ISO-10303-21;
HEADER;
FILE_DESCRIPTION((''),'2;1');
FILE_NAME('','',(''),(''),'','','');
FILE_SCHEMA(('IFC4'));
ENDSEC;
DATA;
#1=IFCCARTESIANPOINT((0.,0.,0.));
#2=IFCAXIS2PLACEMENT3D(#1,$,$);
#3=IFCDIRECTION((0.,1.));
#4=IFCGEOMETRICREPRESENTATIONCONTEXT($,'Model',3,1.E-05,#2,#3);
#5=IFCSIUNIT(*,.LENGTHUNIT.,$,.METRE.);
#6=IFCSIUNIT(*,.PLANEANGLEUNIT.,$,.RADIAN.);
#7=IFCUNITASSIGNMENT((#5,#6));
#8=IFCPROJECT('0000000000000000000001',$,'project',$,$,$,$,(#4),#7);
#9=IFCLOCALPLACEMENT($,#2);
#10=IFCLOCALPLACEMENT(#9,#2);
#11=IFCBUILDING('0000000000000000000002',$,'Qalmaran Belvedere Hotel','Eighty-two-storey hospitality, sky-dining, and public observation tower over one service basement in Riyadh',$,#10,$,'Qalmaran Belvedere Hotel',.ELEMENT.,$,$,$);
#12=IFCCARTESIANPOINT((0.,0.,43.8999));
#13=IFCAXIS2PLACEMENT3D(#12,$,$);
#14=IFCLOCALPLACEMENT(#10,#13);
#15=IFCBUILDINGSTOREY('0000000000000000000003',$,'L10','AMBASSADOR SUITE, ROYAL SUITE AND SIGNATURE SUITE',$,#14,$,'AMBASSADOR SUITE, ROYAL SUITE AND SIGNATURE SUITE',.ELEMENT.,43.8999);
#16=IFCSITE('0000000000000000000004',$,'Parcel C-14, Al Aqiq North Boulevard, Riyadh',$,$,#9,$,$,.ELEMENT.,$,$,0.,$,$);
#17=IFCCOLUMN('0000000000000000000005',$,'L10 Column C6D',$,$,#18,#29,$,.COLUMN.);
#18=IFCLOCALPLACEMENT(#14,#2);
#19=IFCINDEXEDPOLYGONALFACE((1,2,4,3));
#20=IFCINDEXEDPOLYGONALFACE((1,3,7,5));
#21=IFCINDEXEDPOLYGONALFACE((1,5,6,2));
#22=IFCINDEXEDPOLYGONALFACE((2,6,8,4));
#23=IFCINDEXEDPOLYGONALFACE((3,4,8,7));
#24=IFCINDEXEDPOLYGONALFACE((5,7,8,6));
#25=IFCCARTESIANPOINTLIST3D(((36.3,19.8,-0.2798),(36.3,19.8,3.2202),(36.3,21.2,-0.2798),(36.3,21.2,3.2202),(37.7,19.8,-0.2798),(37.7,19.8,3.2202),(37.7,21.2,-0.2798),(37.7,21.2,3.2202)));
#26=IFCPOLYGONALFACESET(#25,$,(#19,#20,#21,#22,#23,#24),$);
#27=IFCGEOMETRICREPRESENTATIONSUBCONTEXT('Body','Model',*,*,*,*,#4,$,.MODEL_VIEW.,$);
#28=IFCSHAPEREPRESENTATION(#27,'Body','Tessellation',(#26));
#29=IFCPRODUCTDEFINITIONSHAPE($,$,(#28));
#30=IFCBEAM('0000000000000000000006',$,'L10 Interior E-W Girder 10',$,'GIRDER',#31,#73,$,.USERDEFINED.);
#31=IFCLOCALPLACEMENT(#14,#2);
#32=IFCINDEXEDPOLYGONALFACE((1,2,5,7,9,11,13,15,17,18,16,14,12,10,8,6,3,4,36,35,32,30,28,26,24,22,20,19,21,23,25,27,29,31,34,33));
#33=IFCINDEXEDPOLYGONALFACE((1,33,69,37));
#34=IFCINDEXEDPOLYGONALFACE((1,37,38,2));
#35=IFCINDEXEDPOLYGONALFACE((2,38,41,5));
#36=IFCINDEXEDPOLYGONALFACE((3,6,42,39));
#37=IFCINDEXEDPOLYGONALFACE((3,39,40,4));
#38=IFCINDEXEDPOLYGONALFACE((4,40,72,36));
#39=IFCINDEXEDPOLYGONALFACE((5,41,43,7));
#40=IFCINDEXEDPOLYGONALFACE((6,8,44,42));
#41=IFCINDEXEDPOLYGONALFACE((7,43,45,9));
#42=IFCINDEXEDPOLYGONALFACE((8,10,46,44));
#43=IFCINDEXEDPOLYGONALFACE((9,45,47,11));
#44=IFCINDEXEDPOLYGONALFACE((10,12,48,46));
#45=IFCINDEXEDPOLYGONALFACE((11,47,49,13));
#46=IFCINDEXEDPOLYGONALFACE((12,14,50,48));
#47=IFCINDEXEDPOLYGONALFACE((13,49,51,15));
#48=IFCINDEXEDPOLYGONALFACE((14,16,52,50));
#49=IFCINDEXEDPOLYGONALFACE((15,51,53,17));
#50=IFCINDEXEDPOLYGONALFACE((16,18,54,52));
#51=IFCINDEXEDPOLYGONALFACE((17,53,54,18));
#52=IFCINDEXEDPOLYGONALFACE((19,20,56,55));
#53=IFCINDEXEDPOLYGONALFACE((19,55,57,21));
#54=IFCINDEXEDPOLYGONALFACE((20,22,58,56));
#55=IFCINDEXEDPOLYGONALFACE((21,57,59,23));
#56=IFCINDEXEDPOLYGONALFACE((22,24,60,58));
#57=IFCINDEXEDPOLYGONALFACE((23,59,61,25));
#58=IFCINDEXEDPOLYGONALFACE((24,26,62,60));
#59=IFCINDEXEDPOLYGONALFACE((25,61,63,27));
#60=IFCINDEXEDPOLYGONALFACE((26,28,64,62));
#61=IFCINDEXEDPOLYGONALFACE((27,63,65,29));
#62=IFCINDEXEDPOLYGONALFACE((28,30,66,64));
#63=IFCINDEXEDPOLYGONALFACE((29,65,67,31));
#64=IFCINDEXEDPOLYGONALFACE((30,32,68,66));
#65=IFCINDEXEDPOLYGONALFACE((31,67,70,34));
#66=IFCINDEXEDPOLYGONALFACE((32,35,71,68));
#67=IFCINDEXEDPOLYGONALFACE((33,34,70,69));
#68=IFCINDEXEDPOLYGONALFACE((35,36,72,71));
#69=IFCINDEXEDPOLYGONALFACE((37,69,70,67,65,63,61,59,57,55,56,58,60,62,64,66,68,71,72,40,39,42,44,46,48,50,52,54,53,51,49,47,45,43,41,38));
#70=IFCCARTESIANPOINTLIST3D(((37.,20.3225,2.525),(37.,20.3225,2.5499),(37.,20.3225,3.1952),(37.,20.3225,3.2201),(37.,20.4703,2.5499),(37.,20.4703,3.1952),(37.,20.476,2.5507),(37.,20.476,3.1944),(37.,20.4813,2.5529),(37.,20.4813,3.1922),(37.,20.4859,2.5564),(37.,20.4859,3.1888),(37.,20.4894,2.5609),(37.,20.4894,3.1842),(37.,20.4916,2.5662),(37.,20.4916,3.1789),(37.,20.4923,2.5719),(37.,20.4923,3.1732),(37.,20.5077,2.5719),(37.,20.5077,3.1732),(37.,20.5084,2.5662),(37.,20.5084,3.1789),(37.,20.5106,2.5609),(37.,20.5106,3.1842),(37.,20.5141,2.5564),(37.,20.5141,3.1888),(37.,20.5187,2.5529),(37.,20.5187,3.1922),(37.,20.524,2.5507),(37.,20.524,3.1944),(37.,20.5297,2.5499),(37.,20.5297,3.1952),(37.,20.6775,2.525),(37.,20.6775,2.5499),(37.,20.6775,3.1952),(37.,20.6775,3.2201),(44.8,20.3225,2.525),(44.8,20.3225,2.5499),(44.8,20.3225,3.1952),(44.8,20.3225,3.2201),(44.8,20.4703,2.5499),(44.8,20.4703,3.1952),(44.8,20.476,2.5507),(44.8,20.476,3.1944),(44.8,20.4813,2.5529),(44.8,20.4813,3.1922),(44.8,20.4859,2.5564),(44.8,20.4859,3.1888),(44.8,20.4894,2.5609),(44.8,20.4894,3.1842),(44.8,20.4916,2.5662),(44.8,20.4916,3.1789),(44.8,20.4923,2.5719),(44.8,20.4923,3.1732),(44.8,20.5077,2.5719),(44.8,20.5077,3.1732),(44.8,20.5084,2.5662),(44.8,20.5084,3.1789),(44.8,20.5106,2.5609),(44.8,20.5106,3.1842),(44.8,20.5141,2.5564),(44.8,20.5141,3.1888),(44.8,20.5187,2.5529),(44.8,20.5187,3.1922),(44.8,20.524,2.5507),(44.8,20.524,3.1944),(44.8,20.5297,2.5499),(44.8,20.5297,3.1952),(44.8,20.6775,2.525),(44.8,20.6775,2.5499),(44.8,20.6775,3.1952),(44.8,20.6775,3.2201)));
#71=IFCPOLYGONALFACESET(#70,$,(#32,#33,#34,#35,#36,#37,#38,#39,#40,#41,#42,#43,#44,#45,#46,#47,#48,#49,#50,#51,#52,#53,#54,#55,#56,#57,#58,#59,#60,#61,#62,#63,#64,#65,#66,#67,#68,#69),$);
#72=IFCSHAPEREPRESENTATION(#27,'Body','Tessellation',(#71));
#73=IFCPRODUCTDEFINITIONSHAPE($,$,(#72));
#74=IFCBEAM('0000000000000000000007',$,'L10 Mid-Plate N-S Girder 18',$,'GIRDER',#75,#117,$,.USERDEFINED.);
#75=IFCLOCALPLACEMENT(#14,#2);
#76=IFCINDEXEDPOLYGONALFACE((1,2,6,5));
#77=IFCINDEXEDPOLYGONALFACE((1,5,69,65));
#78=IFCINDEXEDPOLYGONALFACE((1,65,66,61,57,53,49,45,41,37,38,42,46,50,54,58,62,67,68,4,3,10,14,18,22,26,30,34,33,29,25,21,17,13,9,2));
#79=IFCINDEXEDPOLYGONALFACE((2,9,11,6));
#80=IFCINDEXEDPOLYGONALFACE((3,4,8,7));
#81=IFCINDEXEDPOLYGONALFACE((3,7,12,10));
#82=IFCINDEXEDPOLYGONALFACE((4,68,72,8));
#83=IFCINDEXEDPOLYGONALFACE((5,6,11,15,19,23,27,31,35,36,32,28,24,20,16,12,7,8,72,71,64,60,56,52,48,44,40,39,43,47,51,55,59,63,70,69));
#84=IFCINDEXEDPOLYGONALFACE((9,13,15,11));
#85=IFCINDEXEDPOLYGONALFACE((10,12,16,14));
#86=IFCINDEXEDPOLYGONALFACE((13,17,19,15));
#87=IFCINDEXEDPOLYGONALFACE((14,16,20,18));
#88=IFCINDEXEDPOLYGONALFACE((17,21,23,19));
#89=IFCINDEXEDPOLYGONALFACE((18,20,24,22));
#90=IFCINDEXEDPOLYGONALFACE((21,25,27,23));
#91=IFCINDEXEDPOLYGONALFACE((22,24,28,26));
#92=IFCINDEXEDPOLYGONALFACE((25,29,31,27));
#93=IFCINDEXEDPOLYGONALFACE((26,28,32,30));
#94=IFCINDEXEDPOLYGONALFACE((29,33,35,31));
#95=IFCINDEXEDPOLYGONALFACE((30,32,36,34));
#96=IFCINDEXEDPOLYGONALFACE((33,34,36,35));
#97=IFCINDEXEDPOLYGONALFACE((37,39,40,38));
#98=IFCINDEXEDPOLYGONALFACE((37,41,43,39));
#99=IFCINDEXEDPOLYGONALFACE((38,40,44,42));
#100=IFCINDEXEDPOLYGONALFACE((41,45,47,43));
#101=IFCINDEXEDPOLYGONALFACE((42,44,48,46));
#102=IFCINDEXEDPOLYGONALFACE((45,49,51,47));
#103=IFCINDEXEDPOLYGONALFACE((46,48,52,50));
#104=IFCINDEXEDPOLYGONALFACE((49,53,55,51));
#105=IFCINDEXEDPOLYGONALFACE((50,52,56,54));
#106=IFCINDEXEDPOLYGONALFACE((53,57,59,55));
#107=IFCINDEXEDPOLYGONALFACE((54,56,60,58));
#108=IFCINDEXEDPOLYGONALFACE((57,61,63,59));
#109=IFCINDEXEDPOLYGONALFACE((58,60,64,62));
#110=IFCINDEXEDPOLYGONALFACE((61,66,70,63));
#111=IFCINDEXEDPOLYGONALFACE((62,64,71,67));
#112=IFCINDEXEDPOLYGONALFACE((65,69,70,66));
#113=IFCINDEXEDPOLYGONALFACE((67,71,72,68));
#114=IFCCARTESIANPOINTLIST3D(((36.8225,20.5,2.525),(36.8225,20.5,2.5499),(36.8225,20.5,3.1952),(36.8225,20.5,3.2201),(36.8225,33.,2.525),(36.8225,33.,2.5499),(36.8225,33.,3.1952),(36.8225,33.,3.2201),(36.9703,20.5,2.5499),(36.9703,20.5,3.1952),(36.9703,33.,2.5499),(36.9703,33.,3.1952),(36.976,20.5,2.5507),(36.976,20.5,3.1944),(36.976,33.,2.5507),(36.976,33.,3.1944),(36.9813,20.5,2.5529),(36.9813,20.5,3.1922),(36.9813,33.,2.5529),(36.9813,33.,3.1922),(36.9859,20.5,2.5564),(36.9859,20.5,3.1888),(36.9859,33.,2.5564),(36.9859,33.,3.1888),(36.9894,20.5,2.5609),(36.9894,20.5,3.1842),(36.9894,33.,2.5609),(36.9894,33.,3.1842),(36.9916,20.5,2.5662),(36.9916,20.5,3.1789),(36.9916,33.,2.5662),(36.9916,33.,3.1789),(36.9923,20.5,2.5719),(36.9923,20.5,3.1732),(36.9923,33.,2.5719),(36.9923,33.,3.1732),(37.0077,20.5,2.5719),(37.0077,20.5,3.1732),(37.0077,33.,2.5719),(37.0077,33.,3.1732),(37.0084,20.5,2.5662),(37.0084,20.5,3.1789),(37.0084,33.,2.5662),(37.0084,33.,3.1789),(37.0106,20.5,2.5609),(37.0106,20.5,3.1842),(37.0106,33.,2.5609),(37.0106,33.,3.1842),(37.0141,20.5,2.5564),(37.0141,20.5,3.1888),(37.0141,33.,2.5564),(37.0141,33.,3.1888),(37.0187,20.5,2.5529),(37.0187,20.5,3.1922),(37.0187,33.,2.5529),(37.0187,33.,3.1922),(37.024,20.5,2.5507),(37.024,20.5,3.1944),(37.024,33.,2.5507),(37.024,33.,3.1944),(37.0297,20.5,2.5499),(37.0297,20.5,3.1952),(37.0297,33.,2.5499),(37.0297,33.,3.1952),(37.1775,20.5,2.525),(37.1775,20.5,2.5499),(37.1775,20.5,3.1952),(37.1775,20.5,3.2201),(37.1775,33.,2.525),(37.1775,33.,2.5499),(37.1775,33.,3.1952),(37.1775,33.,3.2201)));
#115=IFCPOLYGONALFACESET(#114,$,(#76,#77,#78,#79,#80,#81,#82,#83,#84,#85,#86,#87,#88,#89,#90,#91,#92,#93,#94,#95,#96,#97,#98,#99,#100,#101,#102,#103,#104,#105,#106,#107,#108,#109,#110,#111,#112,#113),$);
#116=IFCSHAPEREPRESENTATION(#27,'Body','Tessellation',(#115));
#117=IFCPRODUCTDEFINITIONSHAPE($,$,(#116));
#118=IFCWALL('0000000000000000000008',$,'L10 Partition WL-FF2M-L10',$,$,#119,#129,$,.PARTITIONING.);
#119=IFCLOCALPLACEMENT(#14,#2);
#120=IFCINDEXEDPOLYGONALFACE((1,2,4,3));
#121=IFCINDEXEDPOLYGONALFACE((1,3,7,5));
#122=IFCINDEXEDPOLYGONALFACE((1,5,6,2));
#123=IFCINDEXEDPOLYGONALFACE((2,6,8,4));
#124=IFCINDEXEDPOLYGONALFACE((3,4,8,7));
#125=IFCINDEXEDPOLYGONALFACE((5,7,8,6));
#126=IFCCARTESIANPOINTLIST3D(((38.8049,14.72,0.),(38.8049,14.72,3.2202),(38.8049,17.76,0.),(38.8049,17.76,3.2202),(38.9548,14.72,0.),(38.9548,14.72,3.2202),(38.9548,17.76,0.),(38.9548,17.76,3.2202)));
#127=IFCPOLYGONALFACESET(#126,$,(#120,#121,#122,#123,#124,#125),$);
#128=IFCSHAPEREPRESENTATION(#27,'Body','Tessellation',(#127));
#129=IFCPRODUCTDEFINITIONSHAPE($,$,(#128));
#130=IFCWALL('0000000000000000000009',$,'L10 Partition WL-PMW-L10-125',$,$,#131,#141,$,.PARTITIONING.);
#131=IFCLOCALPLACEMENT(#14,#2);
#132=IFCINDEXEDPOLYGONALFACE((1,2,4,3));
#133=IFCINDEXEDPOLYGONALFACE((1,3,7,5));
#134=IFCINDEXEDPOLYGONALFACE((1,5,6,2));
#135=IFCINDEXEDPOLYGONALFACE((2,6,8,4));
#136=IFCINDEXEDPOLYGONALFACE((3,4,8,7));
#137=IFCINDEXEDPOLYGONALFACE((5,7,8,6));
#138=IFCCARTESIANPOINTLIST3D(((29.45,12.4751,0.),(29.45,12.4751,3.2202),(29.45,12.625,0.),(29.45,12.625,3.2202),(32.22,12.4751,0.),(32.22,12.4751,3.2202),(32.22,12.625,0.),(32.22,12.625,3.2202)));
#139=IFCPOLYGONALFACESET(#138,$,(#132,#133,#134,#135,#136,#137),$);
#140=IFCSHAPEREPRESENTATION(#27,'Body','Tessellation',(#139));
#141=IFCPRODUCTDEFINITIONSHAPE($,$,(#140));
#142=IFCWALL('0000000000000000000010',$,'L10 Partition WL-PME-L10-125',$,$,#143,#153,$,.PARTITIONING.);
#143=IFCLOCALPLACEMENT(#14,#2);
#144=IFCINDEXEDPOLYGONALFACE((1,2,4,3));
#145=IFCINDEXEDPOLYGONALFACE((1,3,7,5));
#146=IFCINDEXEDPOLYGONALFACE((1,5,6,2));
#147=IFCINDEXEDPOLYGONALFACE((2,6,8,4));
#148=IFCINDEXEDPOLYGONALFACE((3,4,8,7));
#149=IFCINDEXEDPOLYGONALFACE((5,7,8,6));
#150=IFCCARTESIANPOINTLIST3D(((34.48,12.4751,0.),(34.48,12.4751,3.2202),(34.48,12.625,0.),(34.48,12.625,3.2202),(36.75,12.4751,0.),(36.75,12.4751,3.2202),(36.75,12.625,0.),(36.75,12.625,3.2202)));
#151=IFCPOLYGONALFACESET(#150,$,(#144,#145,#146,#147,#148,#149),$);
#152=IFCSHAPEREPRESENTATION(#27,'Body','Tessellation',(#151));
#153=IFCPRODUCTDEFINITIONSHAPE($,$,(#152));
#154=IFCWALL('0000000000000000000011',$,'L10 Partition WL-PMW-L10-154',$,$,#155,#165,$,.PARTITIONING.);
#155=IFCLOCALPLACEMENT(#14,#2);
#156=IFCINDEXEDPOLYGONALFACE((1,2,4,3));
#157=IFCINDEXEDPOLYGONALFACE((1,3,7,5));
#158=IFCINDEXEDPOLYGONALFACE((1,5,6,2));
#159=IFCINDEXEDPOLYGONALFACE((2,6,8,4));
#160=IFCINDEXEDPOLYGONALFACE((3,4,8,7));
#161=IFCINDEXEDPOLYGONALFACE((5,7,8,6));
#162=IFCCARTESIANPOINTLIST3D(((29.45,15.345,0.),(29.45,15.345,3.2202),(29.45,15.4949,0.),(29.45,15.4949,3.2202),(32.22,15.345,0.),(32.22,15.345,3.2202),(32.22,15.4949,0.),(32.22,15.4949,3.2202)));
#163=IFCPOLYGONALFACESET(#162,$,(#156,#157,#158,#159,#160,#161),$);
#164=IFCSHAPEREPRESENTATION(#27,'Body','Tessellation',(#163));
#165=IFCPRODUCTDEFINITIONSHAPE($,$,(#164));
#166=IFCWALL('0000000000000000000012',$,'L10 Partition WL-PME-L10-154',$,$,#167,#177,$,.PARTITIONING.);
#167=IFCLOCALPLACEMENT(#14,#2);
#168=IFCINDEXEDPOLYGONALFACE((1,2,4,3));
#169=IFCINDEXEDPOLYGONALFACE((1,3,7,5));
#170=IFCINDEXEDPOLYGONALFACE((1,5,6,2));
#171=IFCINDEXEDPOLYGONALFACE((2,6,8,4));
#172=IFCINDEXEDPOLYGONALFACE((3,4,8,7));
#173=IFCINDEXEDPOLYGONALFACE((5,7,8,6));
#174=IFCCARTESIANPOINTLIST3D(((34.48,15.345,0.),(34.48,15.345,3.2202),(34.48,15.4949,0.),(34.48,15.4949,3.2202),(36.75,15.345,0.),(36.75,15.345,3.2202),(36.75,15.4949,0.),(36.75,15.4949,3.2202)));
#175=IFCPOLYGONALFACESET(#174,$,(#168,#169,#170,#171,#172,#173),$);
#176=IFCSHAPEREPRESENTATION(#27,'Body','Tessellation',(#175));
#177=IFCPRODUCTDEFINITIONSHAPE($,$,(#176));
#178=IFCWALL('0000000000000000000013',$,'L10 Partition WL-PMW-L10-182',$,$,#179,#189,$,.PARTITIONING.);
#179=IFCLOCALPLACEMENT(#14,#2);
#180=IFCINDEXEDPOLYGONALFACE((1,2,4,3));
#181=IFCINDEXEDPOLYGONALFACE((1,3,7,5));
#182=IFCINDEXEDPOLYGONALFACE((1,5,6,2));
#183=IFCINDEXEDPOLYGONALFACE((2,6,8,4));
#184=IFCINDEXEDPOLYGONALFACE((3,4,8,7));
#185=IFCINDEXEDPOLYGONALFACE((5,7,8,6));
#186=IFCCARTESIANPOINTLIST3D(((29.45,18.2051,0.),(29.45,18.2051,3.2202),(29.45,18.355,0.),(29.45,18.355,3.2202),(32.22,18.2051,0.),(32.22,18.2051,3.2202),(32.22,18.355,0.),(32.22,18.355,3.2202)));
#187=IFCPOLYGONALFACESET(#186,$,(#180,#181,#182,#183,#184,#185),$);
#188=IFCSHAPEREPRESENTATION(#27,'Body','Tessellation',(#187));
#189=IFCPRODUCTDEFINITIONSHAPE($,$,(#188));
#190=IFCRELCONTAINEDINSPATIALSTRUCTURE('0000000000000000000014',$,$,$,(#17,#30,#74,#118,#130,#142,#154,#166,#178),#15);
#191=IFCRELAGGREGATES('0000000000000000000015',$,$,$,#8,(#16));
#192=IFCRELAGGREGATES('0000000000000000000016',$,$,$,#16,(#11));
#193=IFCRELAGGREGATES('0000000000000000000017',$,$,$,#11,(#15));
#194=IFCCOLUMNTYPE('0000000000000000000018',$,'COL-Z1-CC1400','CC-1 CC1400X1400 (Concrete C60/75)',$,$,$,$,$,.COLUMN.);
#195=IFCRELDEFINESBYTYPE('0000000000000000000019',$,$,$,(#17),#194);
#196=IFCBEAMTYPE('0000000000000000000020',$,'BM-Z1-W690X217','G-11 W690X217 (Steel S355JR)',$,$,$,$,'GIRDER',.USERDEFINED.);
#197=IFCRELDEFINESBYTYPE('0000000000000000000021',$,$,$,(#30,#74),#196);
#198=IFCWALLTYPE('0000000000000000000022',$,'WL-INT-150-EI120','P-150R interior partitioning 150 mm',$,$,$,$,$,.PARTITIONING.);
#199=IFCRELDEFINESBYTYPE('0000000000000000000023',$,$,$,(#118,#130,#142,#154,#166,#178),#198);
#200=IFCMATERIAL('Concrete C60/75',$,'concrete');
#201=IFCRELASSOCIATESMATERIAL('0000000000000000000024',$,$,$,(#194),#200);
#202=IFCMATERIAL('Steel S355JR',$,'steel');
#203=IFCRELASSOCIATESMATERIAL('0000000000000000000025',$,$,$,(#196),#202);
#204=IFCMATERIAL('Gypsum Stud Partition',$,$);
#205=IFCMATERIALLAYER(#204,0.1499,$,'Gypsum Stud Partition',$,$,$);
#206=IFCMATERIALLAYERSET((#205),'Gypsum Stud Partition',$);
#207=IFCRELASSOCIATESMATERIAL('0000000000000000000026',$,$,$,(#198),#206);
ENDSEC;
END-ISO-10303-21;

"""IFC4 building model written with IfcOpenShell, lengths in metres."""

from ifc_helpers import new_model, si_unit, direction, frame, frame_2d, origin, origin_2d, place, context, subcontext, project, spatial, rectangle, i_section, extrude, material, layer, layer_set, material_profile, profile_set, type_object, element, save


model = new_model("IFC4")

# Units and contexts
model_context = context("Model", 3, precision=1e-05, world=origin(), true_north=direction((0.0, 1.0)))
body_context = subcontext(model_context, "Body", "Model", "MODEL_VIEW")
ifc_project = project(units=[si_unit("LENGTHUNIT", "METRE"), si_unit("PLANEANGLEUNIT", "RADIAN")], contexts=[model_context])

# Site, building, storey
site_placement = place(None, origin())
site = spatial("IfcSite", under=ifc_project, at=site_placement, Name="Parcel C-14, Al Aqiq North Boulevard, Riyadh", CompositionType="ELEMENT", RefElevation=0.0)
building_placement = place(site_placement, origin())
building = spatial("IfcBuilding", under=site, at=building_placement, Name="Qalmaran Belvedere Hotel", Description="Eighty-two-storey hospitality, sky-dining, and public observation tower over one service basement in Riyadh", LongName="Qalmaran Belvedere Hotel", CompositionType="ELEMENT")
storey_placement = place(building_placement, frame((0.0, 0.0, 43.8999)))
storey = spatial("IfcBuildingStorey", under=building, at=storey_placement, Name="L10", Description="AMBASSADOR SUITE, ROYAL SUITE AND SIGNATURE SUITE", LongName="AMBASSADOR SUITE, ROYAL SUITE AND SIGNATURE SUITE", CompositionType="ELEMENT", Elevation=43.8999)

# Column
ifc_material_1 = material(Name="Concrete C60/75", Category="concrete")
ifc_material_profile_1 = material_profile(ifc_material_1, rectangle(XDim=1.3999, YDim=1.3999, at=origin_2d()), Name="CC1400X1400")
ifc_profile_set_1 = profile_set([ifc_material_profile_1], Name="Concrete C60/75")
column_type = type_object("IfcColumnType", Name="COL-Z1-CC1400", Description="CC-1 CC1400X1400 (Concrete C60/75)", PredefinedType="COLUMN", material=ifc_profile_set_1)
column_placement = place(storey_placement, frame((37.0, 20.5, -0.2798), z_axis=(0.0, 0.0, 1.0), x_axis=(1.0, 0.0, 0.0)))
element("IfcColumn", 1, at=column_placement, inside=storey, type_object=column_type, Name="L10 Column C6D", PredefinedType="COLUMN", context=body_context, shape_type="SweptSolid", body=[
    extrude(rectangle(XDim=1.3999, YDim=1.3999, at=origin_2d()), origin(), (0.0, 0.0, 1.0), 3.5),
])

# Beams
ifc_material_2 = material(Name="Steel S355JR", Category="steel")
ifc_material_profile_2 = material_profile(ifc_material_2, i_section(OverallWidth=0.355, OverallDepth=0.6951, WebThickness=0.0154, FlangeThickness=0.0249, FilletRadius=0.022, at=origin_2d()), Name="W690X217")
ifc_profile_set_2 = profile_set([ifc_material_profile_2], Name="Steel S355JR")
beam_type = type_object("IfcBeamType", Name="BM-Z1-W690X217", Description="G-11 W690X217 (Steel S355JR)", ElementType="GIRDER", PredefinedType="USERDEFINED", material=ifc_profile_set_2)
beam_1_placement = place(storey_placement, frame((37.0, 20.5, 2.8726), z_axis=(1.0, 0.0, 0.0), x_axis=(0.0, 1.0, 0.0)))
element("IfcBeam", 2, at=beam_1_placement, inside=storey, type_object=beam_type, Name="L10 Interior E-W Girder 10", ObjectType="GIRDER", PredefinedType="USERDEFINED", context=body_context, shape_type="SweptSolid", body=[
    extrude(i_section(OverallWidth=0.355, OverallDepth=0.6951, WebThickness=0.0154, FlangeThickness=0.0249, FilletRadius=0.022, at=origin_2d()), origin(), (0.0, 0.0, 1.0), 7.8),
])
beam_2_placement = place(storey_placement, frame((37.0, 20.5, 2.8726), z_axis=(0.0, 1.0, 0.0), x_axis=(-1.0, 0.0, 0.0)))
element("IfcBeam", 3, at=beam_2_placement, inside=storey, type_object=beam_type, Name="L10 Mid-Plate N-S Girder 18", ObjectType="GIRDER", PredefinedType="USERDEFINED", context=body_context, shape_type="SweptSolid", body=[
    extrude(i_section(OverallWidth=0.355, OverallDepth=0.6951, WebThickness=0.0154, FlangeThickness=0.0249, FilletRadius=0.022, at=origin_2d()), origin(), (0.0, 0.0, 1.0), 12.5),
])

# Walls
ifc_material_3 = material(Name="Gypsum Stud Partition")
ifc_layer_1 = layer(ifc_material_3, 0.1499, Name="Gypsum Stud Partition")
ifc_layer_set_1 = layer_set([ifc_layer_1], Name="Gypsum Stud Partition")
wall_type_1 = type_object("IfcWallType", Name="WL-INT-150-EI120", Description="P-150R interior partitioning 150 mm", PredefinedType="PARTITIONING", material=ifc_layer_set_1)
wall_1_placement = place(storey_placement, frame((38.8799, 14.72, 0.0), z_axis=(0.0, 0.0, 1.0), x_axis=(0.0, 1.0, 0.0)))
element("IfcWall", 4, at=wall_1_placement, inside=storey, type_object=wall_type_1, Name="L10 Partition WL-FF2M-L10", PredefinedType="PARTITIONING", context=body_context, shape_type="SweptSolid", body=[
    extrude(rectangle(XDim=3.04, YDim=0.1499, at=frame_2d((1.52, 0.0))), origin(), (0.0, 0.0, 1.0), 3.2202),
])
wall_2_placement = place(storey_placement, frame((29.45, 12.55, 0.0), z_axis=(0.0, 0.0, 1.0), x_axis=(1.0, 0.0, 0.0)))
element("IfcWall", 5, at=wall_2_placement, inside=storey, type_object=wall_type_1, Name="L10 Partition WL-PMW-L10-125", PredefinedType="PARTITIONING", context=body_context, shape_type="SweptSolid", body=[
    extrude(rectangle(XDim=2.77, YDim=0.1499, at=frame_2d((1.385, 0.0))), origin(), (0.0, 0.0, 1.0), 3.2202),
])
wall_3_placement = place(storey_placement, frame((34.48, 12.55, 0.0), z_axis=(0.0, 0.0, 1.0), x_axis=(1.0, 0.0, 0.0)))
element("IfcWall", 6, at=wall_3_placement, inside=storey, type_object=wall_type_1, Name="L10 Partition WL-PME-L10-125", PredefinedType="PARTITIONING", context=body_context, shape_type="SweptSolid", body=[
    extrude(rectangle(XDim=2.27, YDim=0.1499, at=frame_2d((1.135, 0.0))), origin(), (0.0, 0.0, 1.0), 3.2202),
])
wall_4_placement = place(storey_placement, frame((29.45, 15.4199, 0.0), z_axis=(0.0, 0.0, 1.0), x_axis=(1.0, 0.0, 0.0)))
element("IfcWall", 7, at=wall_4_placement, inside=storey, type_object=wall_type_1, Name="L10 Partition WL-PMW-L10-154", PredefinedType="PARTITIONING", context=body_context, shape_type="SweptSolid", body=[
    extrude(rectangle(XDim=2.77, YDim=0.1499, at=frame_2d((1.385, 0.0))), origin(), (0.0, 0.0, 1.0), 3.2202),
])
wall_5_placement = place(storey_placement, frame((34.48, 15.4199, 0.0), z_axis=(0.0, 0.0, 1.0), x_axis=(1.0, 0.0, 0.0)))
element("IfcWall", 8, at=wall_5_placement, inside=storey, type_object=wall_type_1, Name="L10 Partition WL-PME-L10-154", PredefinedType="PARTITIONING", context=body_context, shape_type="SweptSolid", body=[
    extrude(rectangle(XDim=2.27, YDim=0.1499, at=frame_2d((1.135, 0.0))), origin(), (0.0, 0.0, 1.0), 3.2202),
])
wall_6_placement = place(storey_placement, frame((29.45, 18.28, 0.0), z_axis=(0.0, 0.0, 1.0), x_axis=(1.0, 0.0, 0.0)))
element("IfcWall", 9, at=wall_6_placement, inside=storey, type_object=wall_type_1, Name="L10 Partition WL-PMW-L10-182", PredefinedType="PARTITIONING", context=body_context, shape_type="SweptSolid", body=[
    extrude(rectangle(XDim=2.77, YDim=0.1499, at=frame_2d((1.385, 0.0))), origin(), (0.0, 0.0, 1.0), 3.2202),
])

save(model, "model.ifc")
